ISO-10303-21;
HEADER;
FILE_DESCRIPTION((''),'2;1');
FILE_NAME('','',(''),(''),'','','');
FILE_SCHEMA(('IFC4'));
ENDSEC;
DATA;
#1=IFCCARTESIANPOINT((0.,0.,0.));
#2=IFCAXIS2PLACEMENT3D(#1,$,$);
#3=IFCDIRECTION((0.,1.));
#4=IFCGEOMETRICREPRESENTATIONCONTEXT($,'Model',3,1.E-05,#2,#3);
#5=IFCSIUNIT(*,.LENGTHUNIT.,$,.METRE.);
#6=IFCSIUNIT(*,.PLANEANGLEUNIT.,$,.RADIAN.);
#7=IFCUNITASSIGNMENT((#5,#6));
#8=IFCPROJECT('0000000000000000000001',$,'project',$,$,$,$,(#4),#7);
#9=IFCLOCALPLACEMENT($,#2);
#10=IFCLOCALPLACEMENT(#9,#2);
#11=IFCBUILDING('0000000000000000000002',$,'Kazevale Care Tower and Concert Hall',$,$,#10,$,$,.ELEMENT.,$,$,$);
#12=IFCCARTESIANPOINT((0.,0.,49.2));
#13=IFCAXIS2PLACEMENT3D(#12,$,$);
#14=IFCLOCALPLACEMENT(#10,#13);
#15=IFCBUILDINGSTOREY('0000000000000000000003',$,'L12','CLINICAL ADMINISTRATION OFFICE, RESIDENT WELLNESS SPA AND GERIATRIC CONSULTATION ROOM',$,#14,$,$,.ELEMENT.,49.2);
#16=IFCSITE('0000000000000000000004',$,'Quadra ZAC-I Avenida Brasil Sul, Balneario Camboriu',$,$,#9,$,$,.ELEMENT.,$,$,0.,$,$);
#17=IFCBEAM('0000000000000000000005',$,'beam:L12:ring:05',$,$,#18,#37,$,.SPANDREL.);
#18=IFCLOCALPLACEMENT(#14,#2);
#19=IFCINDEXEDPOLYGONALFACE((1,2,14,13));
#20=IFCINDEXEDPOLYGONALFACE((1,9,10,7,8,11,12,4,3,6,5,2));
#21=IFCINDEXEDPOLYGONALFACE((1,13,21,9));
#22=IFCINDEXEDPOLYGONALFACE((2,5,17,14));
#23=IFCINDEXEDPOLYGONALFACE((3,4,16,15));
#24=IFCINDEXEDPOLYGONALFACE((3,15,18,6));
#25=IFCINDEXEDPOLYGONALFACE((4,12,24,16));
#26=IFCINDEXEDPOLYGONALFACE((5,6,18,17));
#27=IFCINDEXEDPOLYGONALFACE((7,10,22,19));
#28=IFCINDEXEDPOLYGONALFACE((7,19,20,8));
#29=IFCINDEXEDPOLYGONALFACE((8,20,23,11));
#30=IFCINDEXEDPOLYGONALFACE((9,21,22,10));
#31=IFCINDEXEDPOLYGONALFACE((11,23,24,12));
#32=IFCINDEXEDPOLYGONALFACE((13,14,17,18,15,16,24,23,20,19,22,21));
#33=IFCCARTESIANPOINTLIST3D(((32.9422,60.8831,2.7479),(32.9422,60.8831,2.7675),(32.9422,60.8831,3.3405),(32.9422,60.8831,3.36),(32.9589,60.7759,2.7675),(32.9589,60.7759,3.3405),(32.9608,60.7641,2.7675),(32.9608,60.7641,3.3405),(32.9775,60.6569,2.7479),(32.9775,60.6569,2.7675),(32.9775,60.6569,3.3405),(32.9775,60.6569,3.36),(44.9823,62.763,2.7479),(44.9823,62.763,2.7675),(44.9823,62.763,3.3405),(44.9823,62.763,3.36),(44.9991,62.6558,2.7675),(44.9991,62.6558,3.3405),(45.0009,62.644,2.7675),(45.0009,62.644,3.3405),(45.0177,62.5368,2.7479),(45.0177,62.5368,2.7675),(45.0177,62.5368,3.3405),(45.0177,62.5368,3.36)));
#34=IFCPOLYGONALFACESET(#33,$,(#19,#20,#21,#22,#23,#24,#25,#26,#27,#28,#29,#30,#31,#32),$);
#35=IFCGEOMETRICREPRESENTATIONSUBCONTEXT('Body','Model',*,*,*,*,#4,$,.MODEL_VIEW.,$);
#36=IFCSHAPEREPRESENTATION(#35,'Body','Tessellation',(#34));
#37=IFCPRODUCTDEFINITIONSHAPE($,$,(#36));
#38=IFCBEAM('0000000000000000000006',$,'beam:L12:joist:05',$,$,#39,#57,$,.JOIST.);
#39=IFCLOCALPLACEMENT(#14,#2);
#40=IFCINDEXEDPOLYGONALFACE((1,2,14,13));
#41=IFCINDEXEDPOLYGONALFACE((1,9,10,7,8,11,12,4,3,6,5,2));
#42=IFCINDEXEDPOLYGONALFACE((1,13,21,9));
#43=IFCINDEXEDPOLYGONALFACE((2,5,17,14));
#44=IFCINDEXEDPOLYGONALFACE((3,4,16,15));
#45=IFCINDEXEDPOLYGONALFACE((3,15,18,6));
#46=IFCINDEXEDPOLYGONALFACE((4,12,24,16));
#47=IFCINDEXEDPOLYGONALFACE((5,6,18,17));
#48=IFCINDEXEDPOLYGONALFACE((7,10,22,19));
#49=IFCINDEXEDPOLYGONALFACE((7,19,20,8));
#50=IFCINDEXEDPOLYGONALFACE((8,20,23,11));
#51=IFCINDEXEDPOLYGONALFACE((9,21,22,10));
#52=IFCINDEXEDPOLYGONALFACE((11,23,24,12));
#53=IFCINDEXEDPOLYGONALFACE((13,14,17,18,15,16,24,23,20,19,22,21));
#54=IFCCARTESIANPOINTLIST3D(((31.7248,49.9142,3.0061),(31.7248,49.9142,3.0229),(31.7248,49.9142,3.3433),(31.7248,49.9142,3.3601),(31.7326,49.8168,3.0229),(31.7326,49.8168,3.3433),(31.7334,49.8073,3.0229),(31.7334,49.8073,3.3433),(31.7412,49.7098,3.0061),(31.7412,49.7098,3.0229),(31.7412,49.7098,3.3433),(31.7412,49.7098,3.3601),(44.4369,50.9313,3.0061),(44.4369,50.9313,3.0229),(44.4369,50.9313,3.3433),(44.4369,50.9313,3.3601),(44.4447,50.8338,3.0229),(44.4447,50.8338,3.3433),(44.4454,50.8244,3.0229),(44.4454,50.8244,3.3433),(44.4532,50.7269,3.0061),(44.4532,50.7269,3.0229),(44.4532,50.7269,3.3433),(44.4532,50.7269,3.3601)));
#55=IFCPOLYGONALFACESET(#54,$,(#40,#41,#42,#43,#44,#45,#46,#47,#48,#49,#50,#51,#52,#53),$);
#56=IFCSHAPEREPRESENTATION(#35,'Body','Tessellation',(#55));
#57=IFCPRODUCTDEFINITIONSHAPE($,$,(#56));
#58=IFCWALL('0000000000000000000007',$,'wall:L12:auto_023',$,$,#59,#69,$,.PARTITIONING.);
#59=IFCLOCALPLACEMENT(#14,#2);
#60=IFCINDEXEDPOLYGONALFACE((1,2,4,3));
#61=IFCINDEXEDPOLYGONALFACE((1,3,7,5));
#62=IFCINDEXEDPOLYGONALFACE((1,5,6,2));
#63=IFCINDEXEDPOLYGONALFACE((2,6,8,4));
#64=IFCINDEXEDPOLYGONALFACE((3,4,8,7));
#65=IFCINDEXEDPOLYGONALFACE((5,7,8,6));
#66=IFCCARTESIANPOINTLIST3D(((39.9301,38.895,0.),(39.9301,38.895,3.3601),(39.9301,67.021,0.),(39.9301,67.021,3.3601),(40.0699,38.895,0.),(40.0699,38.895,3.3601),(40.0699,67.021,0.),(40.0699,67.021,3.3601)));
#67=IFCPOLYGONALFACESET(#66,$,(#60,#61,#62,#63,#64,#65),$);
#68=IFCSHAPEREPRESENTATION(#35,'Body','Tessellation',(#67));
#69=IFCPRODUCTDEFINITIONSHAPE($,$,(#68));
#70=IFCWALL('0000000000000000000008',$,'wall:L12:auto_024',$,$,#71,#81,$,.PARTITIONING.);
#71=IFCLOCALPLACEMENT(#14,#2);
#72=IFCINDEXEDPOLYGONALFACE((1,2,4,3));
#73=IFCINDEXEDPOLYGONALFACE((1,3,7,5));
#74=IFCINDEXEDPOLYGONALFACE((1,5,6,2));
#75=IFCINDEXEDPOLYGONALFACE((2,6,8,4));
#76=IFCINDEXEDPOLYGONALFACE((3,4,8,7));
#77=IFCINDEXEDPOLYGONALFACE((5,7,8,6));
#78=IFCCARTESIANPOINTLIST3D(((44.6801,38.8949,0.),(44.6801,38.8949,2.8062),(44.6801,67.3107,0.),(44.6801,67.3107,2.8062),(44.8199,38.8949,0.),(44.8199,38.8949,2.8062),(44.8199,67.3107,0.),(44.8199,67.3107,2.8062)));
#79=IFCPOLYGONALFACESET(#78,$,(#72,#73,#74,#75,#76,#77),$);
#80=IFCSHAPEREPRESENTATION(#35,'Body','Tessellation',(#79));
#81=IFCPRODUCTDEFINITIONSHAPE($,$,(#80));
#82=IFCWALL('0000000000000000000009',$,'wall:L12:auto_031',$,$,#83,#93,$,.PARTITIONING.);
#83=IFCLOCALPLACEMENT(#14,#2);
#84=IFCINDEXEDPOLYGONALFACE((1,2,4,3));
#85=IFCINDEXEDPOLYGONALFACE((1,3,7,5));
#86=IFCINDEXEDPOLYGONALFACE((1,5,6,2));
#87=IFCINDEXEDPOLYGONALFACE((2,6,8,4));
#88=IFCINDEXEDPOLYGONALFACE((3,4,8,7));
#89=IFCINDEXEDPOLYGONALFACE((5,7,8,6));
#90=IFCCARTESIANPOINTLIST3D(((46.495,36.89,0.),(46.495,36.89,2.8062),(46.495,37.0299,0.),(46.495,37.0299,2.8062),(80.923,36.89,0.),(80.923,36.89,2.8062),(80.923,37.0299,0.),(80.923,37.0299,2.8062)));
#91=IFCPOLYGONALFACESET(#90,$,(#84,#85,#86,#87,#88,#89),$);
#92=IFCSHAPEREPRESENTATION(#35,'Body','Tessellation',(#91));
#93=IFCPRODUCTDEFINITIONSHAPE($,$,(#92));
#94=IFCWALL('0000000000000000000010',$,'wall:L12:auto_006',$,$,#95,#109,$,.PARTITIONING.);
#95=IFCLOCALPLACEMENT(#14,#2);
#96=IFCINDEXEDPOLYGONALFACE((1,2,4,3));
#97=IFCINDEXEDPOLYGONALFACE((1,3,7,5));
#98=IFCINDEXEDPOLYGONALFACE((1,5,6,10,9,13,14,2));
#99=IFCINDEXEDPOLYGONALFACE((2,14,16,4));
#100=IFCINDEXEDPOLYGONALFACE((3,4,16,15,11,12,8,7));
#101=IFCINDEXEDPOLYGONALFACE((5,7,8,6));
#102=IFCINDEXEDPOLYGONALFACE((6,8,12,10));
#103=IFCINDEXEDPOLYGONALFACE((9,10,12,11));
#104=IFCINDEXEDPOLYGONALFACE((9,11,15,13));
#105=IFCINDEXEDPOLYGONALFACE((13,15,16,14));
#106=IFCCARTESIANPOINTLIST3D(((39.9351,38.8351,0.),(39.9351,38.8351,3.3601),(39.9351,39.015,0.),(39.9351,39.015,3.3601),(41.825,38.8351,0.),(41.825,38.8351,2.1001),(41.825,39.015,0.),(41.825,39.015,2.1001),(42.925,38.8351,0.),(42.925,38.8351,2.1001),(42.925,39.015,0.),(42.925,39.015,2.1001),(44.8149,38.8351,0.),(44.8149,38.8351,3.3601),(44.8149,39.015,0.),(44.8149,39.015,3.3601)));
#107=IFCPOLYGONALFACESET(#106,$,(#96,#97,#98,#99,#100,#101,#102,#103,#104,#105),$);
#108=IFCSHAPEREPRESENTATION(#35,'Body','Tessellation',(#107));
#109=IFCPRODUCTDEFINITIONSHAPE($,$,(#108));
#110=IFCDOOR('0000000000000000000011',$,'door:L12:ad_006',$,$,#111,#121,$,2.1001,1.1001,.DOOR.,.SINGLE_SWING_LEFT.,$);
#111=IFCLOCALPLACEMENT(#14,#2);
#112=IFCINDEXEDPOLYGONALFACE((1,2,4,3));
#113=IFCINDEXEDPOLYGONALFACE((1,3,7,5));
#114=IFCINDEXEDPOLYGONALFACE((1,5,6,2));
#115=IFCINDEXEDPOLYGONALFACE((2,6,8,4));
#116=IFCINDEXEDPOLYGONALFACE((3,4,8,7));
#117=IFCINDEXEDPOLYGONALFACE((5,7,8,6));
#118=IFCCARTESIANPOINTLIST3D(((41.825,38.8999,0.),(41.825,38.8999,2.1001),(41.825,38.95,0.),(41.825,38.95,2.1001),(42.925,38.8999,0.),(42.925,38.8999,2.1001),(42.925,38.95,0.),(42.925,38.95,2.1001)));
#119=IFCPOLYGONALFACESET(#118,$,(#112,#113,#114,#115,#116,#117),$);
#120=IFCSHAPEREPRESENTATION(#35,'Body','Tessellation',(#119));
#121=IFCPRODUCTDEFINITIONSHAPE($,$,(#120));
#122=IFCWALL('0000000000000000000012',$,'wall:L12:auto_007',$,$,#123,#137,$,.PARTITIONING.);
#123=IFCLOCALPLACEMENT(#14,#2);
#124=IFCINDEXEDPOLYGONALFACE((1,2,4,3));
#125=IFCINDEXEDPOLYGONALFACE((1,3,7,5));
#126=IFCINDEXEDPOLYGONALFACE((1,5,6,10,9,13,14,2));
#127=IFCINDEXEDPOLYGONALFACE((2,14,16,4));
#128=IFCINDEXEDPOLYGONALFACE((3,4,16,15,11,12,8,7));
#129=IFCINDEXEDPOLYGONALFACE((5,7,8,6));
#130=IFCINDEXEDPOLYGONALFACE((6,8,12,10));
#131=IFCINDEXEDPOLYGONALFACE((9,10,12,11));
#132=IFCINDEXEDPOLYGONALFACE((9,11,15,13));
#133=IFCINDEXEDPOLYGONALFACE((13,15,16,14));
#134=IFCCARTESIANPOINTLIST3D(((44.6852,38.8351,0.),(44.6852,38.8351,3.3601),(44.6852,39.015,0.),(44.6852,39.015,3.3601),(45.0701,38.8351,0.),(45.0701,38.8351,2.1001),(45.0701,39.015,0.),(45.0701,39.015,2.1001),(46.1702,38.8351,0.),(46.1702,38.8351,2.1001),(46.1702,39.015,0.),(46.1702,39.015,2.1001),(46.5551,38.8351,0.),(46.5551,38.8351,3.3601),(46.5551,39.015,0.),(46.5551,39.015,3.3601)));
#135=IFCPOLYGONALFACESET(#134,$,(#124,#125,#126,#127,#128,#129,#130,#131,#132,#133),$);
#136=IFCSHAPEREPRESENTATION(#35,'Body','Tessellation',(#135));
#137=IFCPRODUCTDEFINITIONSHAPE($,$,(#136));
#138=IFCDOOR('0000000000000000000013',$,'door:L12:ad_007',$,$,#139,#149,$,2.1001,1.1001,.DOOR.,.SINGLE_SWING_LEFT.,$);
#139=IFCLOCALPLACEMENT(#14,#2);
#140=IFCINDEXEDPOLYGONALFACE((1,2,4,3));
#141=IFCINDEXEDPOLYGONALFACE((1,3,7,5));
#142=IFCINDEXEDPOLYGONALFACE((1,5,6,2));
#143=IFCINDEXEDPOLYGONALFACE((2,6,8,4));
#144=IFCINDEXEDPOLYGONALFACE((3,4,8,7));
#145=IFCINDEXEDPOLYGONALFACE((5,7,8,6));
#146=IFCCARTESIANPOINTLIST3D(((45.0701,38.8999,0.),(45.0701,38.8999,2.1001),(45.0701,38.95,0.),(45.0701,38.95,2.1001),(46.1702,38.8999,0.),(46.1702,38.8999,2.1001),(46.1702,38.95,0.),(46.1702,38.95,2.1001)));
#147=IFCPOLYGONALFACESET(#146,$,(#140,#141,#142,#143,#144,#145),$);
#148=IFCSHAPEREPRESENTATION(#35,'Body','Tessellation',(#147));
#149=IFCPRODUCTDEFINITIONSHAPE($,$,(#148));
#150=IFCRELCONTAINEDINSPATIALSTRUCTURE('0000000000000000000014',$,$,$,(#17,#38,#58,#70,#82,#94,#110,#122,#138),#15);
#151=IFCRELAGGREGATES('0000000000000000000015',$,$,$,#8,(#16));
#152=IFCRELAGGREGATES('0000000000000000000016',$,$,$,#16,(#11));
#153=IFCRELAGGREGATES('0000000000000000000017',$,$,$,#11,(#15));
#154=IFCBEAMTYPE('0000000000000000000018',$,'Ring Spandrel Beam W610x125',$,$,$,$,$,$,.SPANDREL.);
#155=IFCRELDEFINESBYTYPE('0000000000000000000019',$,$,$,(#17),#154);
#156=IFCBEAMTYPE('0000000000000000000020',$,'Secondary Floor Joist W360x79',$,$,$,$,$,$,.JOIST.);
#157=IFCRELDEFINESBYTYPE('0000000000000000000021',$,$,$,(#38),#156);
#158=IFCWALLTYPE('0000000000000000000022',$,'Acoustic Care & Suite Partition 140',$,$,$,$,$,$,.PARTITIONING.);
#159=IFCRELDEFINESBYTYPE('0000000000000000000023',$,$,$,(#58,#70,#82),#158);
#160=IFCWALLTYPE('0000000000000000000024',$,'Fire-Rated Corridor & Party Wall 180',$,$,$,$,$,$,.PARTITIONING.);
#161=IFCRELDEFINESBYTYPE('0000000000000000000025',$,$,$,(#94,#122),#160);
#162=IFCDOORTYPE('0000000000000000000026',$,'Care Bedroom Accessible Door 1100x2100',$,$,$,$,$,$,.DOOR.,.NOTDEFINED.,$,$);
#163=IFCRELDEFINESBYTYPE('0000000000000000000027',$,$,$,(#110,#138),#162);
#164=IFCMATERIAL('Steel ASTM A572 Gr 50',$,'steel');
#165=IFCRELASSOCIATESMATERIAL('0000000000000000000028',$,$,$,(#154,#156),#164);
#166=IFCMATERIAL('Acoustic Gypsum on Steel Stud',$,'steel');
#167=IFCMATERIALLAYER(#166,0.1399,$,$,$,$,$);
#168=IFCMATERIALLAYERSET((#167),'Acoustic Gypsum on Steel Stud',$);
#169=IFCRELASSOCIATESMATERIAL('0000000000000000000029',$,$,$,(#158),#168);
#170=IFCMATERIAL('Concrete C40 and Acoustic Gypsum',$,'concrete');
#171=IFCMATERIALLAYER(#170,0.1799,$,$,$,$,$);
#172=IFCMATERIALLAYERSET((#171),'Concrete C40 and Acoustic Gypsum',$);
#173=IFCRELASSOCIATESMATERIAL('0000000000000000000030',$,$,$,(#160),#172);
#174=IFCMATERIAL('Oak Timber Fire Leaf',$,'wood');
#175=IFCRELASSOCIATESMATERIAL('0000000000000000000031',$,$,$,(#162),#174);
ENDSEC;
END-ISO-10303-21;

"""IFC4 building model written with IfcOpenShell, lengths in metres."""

from ifc_helpers import new_model, si_unit, direction, frame, frame_2d, origin, origin_2d, place, context, subcontext, project, spatial, rectangle, i_section, extrude, material, layer, layer_set, material_profile, profile_set, type_object, element, fill, save


model = new_model("IFC4")

# Units and contexts
model_context = context("Model", 3, precision=1e-05, world=origin(), true_north=direction((0.0, 1.0)))
body_context = subcontext(model_context, "Body", "Model", "MODEL_VIEW")
ifc_project = project(units=[si_unit("LENGTHUNIT", "METRE"), si_unit("PLANEANGLEUNIT", "RADIAN")], contexts=[model_context])

# Site, building, storey
site_placement = place(None, origin())
site = spatial("IfcSite", under=ifc_project, at=site_placement, Name="Quadra ZAC-I Avenida Brasil Sul, Balneario Camboriu", CompositionType="ELEMENT", RefElevation=0.0)
building_placement = place(site_placement, origin())
building = spatial("IfcBuilding", under=site, at=building_placement, Name="Kazevale Care Tower and Concert Hall", CompositionType="ELEMENT")
storey_placement = place(building_placement, frame((0.0, 0.0, 49.2)))
storey = spatial("IfcBuildingStorey", under=building, at=storey_placement, Name="L12", Description="CLINICAL ADMINISTRATION OFFICE, RESIDENT WELLNESS SPA AND GERIATRIC CONSULTATION ROOM", CompositionType="ELEMENT", Elevation=49.2)

# Beams
ifc_material_1 = material(Name="Steel ASTM A572 Gr 50", Category="steel")
ifc_material_profile_1 = material_profile(ifc_material_1, i_section(OverallWidth=0.229, OverallDepth=0.6121, WebThickness=0.012, FlangeThickness=0.0195, at=origin_2d()), Name="W610x125")
ifc_profile_set_1 = profile_set([ifc_material_profile_1], Name="Steel ASTM A572 Gr 50")
beam_type_1 = type_object("IfcBeamType", Name="Ring Spandrel Beam W610x125", PredefinedType="SPANDREL", material=ifc_profile_set_1)
beam_1_placement = place(storey_placement, frame((45.0, 62.6499, 3.054), z_axis=(-0.988029, -0.154267, 0.0), x_axis=(0.154267, -0.988029, 0.0)))
element("IfcBeam", 1, at=beam_1_placement, inside=storey, type_object=beam_type_1, Name="beam:L12:ring:05", PredefinedType="SPANDREL", context=body_context, shape_type="SweptSolid", body=[
    extrude(i_section(OverallWidth=0.229, OverallDepth=0.6121, WebThickness=0.012, FlangeThickness=0.0195, at=origin_2d()), origin(), (0.0, 0.0, 1.0), 12.186),
])
ifc_material_profile_2 = material_profile(ifc_material_1, i_section(OverallWidth=0.2051, OverallDepth=0.354, WebThickness=0.0095, FlangeThickness=0.0168, at=origin_2d()), Name="W360x79")
ifc_profile_set_2 = profile_set([ifc_material_profile_2], Name="Steel ASTM A572 Gr 50")
beam_type_2 = type_object("IfcBeamType", Name="Secondary Floor Joist W360x79", PredefinedType="JOIST", material=ifc_profile_set_2)
beam_2_placement = place(storey_placement, frame((44.4451, 50.8291, 3.1831), z_axis=(-0.996815, -0.079754, 0.0), x_axis=(0.079754, -0.996815, 0.0)))
element("IfcBeam", 2, at=beam_2_placement, inside=storey, type_object=beam_type_2, Name="beam:L12:joist:05", PredefinedType="JOIST", context=body_context, shape_type="SweptSolid", body=[
    extrude(i_section(OverallWidth=0.2051, OverallDepth=0.354, WebThickness=0.0095, FlangeThickness=0.0168, at=origin_2d()), origin(), (0.0, 0.0, 1.0), 12.7527),
])

# Walls
ifc_material_2 = material(Name="Acoustic Gypsum on Steel Stud", Category="steel")
ifc_layer_1 = layer(ifc_material_2, 0.1399)
ifc_layer_set_1 = layer_set([ifc_layer_1], Name="Acoustic Gypsum on Steel Stud")
wall_type_1 = type_object("IfcWallType", Name="Acoustic Care & Suite Partition 140", PredefinedType="PARTITIONING", material=ifc_layer_set_1)
wall_1_placement = place(storey_placement, frame((40.0, 67.021, 0.0), z_axis=(0.0, 0.0, 1.0), x_axis=(0.0, -1.0, 0.0)))
element("IfcWall", 3, at=wall_1_placement, inside=storey, type_object=wall_type_1, Name="wall:L12:auto_023", PredefinedType="PARTITIONING", context=body_context, shape_type="SweptSolid", body=[
    extrude(rectangle(XDim=28.126, YDim=0.1399, at=frame_2d((14.063, 0.0))), origin(), (0.0, 0.0, 1.0), 3.3601),
])
wall_2_placement = place(storey_placement, frame((44.75, 67.3108, 0.0), z_axis=(0.0, 0.0, 1.0), x_axis=(0.0, -1.0, 0.0)))
element("IfcWall", 4, at=wall_2_placement, inside=storey, type_object=wall_type_1, Name="wall:L12:auto_024", PredefinedType="PARTITIONING", context=body_context, shape_type="SweptSolid", body=[
    extrude(rectangle(XDim=28.4158, YDim=0.1399, at=frame_2d((14.208, 0.0))), origin(), (0.0, 0.0, 1.0), 2.8062),
])
wall_3_placement = place(storey_placement, frame((46.4951, 36.96, 0.0), z_axis=(0.0, 0.0, 1.0), x_axis=(1.0, 0.0, 0.0)))
element("IfcWall", 5, at=wall_3_placement, inside=storey, type_object=wall_type_1, Name="wall:L12:auto_031", PredefinedType="PARTITIONING", context=body_context, shape_type="SweptSolid", body=[
    extrude(rectangle(XDim=34.428, YDim=0.1399, at=frame_2d((17.2139, 0.0))), origin(), (0.0, 0.0, 1.0), 2.8062),
])

# Walls, openings, doors
ifc_material_3 = material(Name="Concrete C40 and Acoustic Gypsum", Category="concrete")
ifc_layer_2 = layer(ifc_material_3, 0.1799)
ifc_layer_set_2 = layer_set([ifc_layer_2], Name="Concrete C40 and Acoustic Gypsum")
wall_type_2 = type_object("IfcWallType", Name="Fire-Rated Corridor & Party Wall 180", PredefinedType="PARTITIONING", material=ifc_layer_set_2)
wall_4_placement = place(storey_placement, frame((39.9351, 38.925, 0.0), z_axis=(0.0, 0.0, 1.0), x_axis=(1.0, 0.0, 0.0)))
wall_4 = element("IfcWall", 6, at=wall_4_placement, inside=storey, type_object=wall_type_2, Name="wall:L12:auto_006", PredefinedType="PARTITIONING", context=body_context, shape_type="SweptSolid", body=[
    extrude(rectangle(XDim=4.8799, YDim=0.1799, at=frame_2d((2.4399, 0.0))), origin(), (0.0, 0.0, 1.0), 3.3601),
])
opening_1_placement = place(wall_4_placement, frame((1.8899, 0.0, 0.0)))
opening_1 = element("IfcOpeningElement", 7, at=opening_1_placement, cuts=wall_4, PredefinedType="OPENING", context=body_context, shape_type="SweptSolid", body=[
    extrude(rectangle(XDim=1.1001, YDim=2.1001, at=frame_2d((0.55, 1.05))), frame((0.0, 0.0999, 0.0), z_axis=(0.0, -1.0, 0.0), x_axis=(1.0, 0.0, 0.0)), (0.0, 0.0, 1.0), 0.2),
])
ifc_material_4 = material(Name="Oak Timber Fire Leaf", Category="wood")
door_type = type_object("IfcDoorType", Name="Care Bedroom Accessible Door 1100x2100", OperationType="NOTDEFINED", PredefinedType="DOOR", material=ifc_material_4)
door_1_placement = place(opening_1_placement, origin())
door_1 = element("IfcDoor", 8, at=door_1_placement, inside=storey, type_object=door_type, Name="door:L12:ad_006", OperationType="SINGLE_SWING_LEFT", OverallHeight=2.1001, OverallWidth=1.1001, PredefinedType="DOOR", context=body_context, shape_type="SweptSolid", body=[
    extrude(rectangle(XDim=1.1001, YDim=2.1001, at=frame_2d((0.55, 1.05))), frame((0.0, 0.0249, 0.0), z_axis=(0.0, -1.0, 0.0), x_axis=(1.0, 0.0, 0.0)), (0.0, 0.0, 1.0), 0.05),
])
fill(opening_1, door_1)
wall_5_placement = place(storey_placement, frame((44.6851, 38.925, 0.0), z_axis=(0.0, 0.0, 1.0), x_axis=(1.0, 0.0, 0.0)))
wall_5 = element("IfcWall", 9, at=wall_5_placement, inside=storey, type_object=wall_type_2, Name="wall:L12:auto_007", PredefinedType="PARTITIONING", context=body_context, shape_type="SweptSolid", body=[
    extrude(rectangle(XDim=1.8699, YDim=0.1799, at=frame_2d((0.9351, 0.0))), origin(), (0.0, 0.0, 1.0), 3.3601),
])
opening_2_placement = place(wall_5_placement, frame((0.385, 0.0, 0.0)))
opening_2 = element("IfcOpeningElement", 10, at=opening_2_placement, cuts=wall_5, PredefinedType="OPENING", context=body_context, shape_type="SweptSolid", body=[
    extrude(rectangle(XDim=1.1001, YDim=2.1001, at=frame_2d((0.55, 1.05))), frame((0.0, 0.0999, 0.0), z_axis=(0.0, -1.0, 0.0), x_axis=(1.0, 0.0, 0.0)), (0.0, 0.0, 1.0), 0.2),
])
door_2_placement = place(opening_2_placement, origin())
door_2 = element("IfcDoor", 11, at=door_2_placement, inside=storey, type_object=door_type, Name="door:L12:ad_007", OperationType="SINGLE_SWING_LEFT", OverallHeight=2.1001, OverallWidth=1.1001, PredefinedType="DOOR", context=body_context, shape_type="SweptSolid", body=[
    extrude(rectangle(XDim=1.1001, YDim=2.1001, at=frame_2d((0.55, 1.05))), frame((0.0, 0.0249, 0.0), z_axis=(0.0, -1.0, 0.0), x_axis=(1.0, 0.0, 0.0)), (0.0, 0.0, 1.0), 0.05),
])
fill(opening_2, door_2)

save(model, "model.ifc")
